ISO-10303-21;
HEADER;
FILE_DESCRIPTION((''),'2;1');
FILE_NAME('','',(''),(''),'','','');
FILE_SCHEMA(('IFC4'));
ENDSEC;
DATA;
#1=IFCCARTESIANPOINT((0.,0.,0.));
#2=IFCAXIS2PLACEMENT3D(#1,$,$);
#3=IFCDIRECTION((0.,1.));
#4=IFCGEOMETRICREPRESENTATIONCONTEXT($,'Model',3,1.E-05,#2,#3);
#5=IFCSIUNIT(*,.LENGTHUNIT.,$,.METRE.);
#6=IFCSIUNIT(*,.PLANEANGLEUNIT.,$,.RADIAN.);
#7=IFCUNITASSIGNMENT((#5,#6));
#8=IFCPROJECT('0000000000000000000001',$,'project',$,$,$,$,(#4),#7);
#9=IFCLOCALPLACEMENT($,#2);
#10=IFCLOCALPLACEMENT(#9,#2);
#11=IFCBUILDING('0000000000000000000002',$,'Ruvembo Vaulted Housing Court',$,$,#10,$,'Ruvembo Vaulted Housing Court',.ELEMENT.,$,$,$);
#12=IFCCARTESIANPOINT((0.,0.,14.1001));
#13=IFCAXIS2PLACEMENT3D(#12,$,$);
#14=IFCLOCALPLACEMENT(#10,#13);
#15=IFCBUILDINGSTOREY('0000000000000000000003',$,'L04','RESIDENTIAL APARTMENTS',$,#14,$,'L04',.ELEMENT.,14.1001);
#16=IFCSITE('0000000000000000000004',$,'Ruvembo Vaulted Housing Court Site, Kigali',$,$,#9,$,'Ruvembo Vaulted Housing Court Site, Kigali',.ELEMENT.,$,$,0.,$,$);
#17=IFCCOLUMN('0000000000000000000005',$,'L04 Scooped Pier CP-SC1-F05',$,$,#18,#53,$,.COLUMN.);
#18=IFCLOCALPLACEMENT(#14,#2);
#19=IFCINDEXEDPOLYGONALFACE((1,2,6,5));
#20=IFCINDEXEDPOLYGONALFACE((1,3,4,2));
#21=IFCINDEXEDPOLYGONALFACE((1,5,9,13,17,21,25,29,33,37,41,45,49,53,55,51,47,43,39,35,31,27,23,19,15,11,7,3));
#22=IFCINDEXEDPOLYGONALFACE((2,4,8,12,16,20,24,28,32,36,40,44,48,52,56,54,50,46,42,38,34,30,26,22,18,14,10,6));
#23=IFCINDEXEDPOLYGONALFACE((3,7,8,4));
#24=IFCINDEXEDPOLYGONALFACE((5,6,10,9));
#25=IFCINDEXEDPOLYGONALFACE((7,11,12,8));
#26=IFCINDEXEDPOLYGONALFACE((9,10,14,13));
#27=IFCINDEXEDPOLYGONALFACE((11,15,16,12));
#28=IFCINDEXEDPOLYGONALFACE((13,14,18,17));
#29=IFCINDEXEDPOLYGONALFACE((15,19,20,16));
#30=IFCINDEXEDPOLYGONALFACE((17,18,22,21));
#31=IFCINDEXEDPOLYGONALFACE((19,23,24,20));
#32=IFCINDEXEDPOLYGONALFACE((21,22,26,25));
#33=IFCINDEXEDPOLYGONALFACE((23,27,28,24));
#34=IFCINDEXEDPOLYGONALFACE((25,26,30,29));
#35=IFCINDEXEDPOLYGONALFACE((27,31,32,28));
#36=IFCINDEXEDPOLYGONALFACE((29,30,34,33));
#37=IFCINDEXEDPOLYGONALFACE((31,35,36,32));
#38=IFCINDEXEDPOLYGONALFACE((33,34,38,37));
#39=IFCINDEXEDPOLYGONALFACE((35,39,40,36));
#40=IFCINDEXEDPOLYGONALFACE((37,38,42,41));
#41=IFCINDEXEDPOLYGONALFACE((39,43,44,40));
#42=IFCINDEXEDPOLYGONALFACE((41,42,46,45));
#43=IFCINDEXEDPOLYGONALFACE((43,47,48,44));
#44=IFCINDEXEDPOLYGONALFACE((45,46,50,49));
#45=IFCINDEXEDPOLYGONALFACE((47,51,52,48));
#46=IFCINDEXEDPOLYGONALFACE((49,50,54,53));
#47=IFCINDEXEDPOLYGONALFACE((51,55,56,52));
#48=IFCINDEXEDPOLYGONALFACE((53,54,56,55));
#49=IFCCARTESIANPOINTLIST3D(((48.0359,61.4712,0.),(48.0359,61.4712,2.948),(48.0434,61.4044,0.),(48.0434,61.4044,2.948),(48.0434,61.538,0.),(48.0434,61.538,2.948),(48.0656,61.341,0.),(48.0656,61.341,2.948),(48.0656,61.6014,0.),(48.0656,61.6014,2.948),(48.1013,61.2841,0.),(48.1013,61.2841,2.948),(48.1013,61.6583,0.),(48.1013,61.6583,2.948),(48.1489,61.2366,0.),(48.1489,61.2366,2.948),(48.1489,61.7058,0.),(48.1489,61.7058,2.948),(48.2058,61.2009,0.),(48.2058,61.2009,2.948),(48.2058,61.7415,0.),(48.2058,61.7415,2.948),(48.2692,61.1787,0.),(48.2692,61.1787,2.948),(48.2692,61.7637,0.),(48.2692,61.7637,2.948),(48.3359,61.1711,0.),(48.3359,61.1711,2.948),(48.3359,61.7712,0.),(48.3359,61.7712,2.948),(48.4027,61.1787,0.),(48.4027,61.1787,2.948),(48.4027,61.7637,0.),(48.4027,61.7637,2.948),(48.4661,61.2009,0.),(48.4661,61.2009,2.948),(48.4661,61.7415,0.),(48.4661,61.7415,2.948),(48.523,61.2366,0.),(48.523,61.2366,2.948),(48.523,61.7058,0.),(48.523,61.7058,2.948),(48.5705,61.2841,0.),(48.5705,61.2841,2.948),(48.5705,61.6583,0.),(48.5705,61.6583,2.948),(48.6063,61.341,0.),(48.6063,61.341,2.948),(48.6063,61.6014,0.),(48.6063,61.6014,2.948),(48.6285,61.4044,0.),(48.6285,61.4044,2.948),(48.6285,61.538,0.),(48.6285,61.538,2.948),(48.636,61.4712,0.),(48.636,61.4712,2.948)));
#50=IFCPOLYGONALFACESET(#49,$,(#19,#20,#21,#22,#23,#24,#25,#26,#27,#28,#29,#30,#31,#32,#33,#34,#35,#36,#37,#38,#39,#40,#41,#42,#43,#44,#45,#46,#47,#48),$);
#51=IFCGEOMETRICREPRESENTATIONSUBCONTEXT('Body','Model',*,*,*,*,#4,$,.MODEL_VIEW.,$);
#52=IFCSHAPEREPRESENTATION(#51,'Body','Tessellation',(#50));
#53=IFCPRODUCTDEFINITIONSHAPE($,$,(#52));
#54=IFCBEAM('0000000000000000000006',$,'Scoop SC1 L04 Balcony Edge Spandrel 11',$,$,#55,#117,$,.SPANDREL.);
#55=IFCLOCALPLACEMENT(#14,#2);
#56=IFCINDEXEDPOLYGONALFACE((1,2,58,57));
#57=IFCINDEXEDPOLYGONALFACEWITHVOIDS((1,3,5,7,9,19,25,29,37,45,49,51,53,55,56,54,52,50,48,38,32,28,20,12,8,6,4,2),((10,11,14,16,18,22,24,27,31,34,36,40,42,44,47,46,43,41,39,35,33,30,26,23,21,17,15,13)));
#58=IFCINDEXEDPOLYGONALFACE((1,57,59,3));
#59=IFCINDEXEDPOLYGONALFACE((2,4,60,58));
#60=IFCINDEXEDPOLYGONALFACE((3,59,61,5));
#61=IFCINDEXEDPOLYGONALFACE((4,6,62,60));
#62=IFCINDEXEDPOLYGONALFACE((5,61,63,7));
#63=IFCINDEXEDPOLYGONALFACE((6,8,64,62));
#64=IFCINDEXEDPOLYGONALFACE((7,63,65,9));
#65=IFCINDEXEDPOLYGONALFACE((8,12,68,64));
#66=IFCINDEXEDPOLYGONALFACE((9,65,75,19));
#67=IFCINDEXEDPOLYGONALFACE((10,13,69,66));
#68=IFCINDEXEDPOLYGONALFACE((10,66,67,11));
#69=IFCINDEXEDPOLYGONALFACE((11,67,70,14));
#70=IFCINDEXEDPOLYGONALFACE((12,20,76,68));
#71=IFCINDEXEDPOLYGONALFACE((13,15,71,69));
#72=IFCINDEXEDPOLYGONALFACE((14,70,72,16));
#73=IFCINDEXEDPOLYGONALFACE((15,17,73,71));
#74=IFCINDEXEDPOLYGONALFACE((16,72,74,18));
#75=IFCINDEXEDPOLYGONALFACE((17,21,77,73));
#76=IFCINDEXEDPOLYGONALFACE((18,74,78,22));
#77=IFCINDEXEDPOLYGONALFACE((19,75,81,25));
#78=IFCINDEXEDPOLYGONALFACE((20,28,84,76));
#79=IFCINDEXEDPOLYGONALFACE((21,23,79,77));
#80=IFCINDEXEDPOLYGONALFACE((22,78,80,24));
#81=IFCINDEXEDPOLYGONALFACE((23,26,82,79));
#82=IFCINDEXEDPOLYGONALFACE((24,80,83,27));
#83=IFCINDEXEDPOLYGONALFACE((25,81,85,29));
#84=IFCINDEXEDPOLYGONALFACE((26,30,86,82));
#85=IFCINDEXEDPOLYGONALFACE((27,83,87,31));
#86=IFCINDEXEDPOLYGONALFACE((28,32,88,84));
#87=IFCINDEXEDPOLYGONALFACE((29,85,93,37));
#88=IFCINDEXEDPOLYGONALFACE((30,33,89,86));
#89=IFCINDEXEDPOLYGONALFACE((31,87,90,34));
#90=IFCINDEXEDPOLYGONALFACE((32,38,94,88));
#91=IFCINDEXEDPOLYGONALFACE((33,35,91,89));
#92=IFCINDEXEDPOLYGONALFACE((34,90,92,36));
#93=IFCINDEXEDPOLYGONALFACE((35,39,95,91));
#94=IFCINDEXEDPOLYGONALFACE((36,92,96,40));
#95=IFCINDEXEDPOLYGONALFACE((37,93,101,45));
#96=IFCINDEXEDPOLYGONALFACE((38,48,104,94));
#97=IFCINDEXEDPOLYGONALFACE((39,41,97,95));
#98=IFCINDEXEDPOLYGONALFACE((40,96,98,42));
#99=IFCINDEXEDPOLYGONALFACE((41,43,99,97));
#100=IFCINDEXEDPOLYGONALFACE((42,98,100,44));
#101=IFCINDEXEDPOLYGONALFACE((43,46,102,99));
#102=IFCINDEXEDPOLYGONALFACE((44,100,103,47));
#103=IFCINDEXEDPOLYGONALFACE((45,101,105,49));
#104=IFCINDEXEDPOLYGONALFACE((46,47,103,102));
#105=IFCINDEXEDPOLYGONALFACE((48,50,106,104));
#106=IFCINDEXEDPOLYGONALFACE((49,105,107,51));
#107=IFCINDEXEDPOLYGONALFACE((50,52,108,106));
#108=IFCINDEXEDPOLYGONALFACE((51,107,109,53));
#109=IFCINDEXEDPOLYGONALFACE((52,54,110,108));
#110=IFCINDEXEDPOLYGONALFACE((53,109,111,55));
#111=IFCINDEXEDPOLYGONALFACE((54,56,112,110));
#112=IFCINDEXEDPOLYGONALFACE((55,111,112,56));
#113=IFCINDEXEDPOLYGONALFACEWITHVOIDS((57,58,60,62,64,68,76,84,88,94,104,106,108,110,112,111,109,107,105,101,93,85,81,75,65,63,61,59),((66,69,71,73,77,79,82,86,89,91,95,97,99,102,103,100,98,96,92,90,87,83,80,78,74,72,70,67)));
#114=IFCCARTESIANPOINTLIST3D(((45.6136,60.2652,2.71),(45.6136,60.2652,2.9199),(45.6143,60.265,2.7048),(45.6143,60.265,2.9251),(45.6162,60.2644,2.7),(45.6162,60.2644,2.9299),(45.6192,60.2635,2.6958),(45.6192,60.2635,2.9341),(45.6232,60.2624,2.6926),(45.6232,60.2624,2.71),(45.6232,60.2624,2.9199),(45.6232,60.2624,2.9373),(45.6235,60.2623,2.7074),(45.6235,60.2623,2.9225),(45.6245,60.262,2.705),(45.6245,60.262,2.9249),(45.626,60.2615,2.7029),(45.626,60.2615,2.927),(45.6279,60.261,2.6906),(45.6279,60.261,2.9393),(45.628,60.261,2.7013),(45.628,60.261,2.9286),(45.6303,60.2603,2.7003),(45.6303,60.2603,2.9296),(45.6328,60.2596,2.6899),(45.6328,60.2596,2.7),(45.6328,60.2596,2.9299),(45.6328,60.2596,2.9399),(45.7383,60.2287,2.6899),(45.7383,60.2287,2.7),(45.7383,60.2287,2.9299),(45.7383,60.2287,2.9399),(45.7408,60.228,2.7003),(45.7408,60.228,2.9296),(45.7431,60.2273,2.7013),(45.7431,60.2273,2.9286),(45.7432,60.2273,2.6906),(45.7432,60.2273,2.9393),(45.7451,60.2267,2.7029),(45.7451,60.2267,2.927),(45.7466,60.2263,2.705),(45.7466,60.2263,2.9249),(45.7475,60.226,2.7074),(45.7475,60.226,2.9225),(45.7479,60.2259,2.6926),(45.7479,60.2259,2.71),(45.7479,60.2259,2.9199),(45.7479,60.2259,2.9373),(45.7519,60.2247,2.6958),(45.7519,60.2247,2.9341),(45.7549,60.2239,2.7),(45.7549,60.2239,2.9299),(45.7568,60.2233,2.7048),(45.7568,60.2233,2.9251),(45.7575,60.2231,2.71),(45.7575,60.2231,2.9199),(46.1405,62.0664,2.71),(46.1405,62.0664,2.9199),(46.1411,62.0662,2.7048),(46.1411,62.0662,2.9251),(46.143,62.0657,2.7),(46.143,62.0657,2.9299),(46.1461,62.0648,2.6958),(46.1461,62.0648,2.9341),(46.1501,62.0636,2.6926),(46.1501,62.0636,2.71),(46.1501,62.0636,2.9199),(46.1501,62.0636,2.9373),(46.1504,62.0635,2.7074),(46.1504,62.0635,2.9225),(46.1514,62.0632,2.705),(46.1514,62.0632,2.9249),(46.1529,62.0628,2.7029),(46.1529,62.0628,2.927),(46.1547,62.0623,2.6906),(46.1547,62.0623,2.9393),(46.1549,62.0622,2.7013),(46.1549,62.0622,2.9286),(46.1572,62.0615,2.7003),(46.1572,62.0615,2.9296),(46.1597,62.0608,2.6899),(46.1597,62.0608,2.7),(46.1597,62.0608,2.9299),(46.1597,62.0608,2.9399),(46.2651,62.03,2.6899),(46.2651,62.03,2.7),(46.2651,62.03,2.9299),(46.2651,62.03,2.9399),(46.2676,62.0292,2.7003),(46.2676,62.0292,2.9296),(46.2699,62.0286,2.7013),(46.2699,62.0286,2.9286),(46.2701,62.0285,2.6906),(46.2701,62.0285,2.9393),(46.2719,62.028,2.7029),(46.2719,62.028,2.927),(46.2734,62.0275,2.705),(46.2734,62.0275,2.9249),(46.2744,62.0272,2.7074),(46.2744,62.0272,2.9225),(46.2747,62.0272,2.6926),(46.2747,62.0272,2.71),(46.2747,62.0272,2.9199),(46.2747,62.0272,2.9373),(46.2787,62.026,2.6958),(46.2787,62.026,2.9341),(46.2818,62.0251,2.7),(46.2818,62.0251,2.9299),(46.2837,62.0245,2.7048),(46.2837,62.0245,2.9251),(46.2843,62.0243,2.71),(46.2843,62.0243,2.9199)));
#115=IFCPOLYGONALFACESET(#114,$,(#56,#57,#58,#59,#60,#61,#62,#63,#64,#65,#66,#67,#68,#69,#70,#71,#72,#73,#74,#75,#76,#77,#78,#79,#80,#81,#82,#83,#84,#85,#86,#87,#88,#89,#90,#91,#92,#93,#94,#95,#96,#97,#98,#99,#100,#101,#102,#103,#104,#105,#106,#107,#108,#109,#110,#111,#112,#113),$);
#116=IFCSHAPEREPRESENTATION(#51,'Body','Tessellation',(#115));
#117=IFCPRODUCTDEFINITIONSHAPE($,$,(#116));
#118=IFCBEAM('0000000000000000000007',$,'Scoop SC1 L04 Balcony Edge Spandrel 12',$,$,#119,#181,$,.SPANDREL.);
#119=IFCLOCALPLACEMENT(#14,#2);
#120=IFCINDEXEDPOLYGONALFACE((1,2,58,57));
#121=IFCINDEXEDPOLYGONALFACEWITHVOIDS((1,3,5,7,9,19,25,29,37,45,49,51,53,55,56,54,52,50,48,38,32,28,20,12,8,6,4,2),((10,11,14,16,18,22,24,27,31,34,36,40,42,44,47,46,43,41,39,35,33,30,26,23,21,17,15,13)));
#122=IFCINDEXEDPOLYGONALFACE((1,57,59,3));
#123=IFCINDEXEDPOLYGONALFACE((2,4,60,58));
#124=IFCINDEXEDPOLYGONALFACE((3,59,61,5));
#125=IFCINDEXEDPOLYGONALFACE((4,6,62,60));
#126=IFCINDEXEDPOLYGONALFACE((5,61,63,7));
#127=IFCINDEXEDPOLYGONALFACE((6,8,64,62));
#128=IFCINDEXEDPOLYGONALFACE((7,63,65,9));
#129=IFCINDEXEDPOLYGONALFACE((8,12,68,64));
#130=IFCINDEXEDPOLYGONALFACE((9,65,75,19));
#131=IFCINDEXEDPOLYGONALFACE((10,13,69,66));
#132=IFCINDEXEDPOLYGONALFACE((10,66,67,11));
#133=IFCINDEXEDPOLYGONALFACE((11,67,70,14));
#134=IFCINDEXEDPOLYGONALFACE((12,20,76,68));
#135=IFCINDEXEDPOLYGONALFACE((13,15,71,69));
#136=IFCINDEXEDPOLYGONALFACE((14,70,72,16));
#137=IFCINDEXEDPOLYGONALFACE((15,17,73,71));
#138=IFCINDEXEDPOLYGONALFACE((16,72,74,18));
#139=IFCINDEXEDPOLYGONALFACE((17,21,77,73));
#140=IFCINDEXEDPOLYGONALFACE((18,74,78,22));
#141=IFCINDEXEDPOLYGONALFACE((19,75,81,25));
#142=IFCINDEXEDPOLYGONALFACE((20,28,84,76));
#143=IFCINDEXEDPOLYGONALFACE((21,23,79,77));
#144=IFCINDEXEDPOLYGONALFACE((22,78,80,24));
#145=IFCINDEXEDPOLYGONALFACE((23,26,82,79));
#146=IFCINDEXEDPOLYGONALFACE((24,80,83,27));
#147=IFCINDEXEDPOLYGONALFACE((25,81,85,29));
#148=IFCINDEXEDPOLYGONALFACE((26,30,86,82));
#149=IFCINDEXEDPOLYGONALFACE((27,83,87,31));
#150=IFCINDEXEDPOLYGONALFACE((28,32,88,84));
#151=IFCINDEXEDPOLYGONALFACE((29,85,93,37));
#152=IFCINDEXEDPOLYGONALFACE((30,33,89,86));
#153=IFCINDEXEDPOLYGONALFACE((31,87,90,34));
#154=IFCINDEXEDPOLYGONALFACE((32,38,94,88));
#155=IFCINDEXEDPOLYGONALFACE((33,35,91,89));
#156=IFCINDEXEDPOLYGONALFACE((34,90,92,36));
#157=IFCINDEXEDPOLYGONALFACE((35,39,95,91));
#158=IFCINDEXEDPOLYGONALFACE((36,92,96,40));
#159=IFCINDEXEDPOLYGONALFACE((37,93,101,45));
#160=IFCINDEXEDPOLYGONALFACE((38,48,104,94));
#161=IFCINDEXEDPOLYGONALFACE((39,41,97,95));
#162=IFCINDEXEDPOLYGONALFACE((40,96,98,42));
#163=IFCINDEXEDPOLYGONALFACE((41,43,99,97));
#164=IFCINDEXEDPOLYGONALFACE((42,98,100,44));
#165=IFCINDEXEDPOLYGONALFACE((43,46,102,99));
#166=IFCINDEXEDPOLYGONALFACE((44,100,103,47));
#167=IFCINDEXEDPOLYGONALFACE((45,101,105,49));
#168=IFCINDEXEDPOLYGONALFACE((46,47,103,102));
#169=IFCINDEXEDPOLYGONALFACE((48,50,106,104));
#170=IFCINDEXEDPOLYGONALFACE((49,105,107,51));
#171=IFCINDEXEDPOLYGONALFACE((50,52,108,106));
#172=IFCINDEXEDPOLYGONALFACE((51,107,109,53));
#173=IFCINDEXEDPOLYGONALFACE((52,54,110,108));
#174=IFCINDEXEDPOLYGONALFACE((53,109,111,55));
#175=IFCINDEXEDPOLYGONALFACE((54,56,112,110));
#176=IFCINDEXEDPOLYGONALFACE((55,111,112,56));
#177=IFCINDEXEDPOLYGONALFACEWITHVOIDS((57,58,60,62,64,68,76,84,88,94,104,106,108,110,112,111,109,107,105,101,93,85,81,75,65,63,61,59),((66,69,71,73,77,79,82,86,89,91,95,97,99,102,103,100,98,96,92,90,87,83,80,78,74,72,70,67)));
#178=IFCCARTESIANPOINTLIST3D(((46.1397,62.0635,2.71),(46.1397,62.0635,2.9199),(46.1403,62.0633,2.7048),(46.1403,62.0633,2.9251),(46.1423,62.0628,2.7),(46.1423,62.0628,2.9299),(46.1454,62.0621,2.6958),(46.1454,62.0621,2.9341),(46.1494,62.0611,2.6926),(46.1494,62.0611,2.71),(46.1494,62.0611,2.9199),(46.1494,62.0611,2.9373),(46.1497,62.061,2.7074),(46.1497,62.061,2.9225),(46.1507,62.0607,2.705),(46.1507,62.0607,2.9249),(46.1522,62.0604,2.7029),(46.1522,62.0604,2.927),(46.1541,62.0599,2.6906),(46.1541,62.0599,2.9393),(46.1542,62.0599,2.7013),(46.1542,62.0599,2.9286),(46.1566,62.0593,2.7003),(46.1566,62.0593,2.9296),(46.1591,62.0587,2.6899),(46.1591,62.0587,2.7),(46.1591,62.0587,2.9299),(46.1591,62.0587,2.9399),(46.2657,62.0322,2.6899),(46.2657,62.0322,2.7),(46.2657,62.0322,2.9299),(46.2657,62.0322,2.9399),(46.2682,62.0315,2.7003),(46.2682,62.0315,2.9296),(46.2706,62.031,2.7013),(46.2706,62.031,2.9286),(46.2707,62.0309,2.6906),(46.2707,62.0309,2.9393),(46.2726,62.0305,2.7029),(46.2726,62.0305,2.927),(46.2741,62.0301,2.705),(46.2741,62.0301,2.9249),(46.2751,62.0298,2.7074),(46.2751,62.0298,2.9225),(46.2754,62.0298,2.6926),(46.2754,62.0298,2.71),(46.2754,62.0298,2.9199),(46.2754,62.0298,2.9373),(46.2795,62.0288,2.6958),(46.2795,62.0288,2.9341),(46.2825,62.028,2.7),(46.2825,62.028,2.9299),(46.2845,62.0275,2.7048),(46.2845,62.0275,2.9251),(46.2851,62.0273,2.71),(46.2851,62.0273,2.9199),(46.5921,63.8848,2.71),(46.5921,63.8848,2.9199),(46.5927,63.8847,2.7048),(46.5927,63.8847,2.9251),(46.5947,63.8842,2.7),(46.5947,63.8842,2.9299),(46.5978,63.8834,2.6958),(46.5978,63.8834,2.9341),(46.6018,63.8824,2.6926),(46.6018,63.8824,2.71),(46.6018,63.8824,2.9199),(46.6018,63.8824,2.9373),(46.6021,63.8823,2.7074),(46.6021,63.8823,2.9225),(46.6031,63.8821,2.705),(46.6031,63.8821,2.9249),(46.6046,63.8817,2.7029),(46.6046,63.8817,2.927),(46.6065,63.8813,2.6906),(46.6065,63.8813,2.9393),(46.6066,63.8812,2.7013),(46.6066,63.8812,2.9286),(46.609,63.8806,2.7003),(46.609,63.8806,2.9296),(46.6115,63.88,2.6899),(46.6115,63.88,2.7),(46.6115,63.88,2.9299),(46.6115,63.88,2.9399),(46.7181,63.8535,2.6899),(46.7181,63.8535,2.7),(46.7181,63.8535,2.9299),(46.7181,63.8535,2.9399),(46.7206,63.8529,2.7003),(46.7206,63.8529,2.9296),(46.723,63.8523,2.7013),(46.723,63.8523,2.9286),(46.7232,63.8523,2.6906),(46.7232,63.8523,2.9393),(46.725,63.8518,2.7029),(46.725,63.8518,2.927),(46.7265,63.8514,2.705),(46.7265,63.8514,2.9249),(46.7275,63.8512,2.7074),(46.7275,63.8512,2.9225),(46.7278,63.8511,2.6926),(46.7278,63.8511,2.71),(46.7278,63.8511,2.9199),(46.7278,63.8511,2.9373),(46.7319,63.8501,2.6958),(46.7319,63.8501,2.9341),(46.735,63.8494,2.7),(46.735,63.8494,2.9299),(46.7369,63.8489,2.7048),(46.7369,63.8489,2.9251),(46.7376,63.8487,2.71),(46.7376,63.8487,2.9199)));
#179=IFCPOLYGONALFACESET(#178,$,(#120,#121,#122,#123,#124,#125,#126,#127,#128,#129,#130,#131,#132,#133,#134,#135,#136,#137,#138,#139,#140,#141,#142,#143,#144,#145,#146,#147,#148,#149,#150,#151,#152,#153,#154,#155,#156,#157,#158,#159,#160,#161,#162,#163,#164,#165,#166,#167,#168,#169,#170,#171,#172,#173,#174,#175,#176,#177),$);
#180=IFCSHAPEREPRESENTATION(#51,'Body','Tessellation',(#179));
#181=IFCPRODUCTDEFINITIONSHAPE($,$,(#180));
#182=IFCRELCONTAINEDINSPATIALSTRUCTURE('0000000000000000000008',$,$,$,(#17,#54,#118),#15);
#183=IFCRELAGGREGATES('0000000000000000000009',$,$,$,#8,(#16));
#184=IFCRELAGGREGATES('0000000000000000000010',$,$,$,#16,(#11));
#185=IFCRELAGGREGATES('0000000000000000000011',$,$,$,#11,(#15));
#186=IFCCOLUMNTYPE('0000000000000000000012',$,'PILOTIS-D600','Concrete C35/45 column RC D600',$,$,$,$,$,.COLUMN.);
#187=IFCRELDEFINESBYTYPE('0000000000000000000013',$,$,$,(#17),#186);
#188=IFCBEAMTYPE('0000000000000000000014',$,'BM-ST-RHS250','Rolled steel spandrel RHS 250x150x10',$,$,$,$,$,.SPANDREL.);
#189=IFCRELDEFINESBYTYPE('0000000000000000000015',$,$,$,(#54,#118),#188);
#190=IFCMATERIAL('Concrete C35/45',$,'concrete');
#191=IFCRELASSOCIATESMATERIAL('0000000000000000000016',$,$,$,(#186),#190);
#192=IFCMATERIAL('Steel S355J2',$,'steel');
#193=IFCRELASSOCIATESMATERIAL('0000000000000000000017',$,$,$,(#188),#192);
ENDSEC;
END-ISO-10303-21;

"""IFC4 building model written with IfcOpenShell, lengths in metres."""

from ifc_helpers import new_model, si_unit, direction, frame, origin, origin_2d, place, context, subcontext, project, spatial, hollow_rectangle, circle, extrude, material, material_profile, profile_set, type_object, element, save


model = new_model("IFC4")

# Units and contexts
model_context = context("Model", 3, precision=1e-05, world=origin(), true_north=direction((0.0, 1.0)))
body_context = subcontext(model_context, "Body", "Model", "MODEL_VIEW")
ifc_project = project(units=[si_unit("LENGTHUNIT", "METRE"), si_unit("PLANEANGLEUNIT", "RADIAN")], contexts=[model_context])

# Site, building, storey
site_placement = place(None, origin())
site = spatial("IfcSite", under=ifc_project, at=site_placement, Name="Ruvembo Vaulted Housing Court Site, Kigali", LongName="Ruvembo Vaulted Housing Court Site, Kigali", CompositionType="ELEMENT", RefElevation=0.0)
building_placement = place(site_placement, origin())
building = spatial("IfcBuilding", under=site, at=building_placement, Name="Ruvembo Vaulted Housing Court", LongName="Ruvembo Vaulted Housing Court", CompositionType="ELEMENT")
storey_placement = place(building_placement, frame((0.0, 0.0, 14.1001)))
storey = spatial("IfcBuildingStorey", under=building, at=storey_placement, Name="L04", Description="RESIDENTIAL APARTMENTS", LongName="L04", CompositionType="ELEMENT", Elevation=14.1001)

# Column
ifc_material_1 = material(Name="Concrete C35/45", Category="concrete")
ifc_material_profile_1 = material_profile(ifc_material_1, circle(Radius=0.3, at=origin_2d()), Name="RC D600")
ifc_profile_set_1 = profile_set([ifc_material_profile_1], Name="Concrete C35/45")
column_type = type_object("IfcColumnType", Name="PILOTIS-D600", Description="Concrete C35/45 column RC D600", PredefinedType="COLUMN", material=ifc_profile_set_1)
column_placement = place(storey_placement, frame((48.3359, 61.4712, 0.0), z_axis=(0.0, 0.0, 1.0), x_axis=(1.0, 0.0, 0.0)))
element("IfcColumn", 1, at=column_placement, inside=storey, type_object=column_type, Name="L04 Scooped Pier CP-SC1-F05", PredefinedType="COLUMN", context=body_context, shape_type="SweptSolid", body=[
    extrude(circle(Radius=0.3, at=origin_2d()), origin(), (0.0, 0.0, 1.0), 2.948),
])

# Beams
ifc_material_2 = material(Name="Steel S355J2", Category="steel")
ifc_material_profile_2 = material_profile(ifc_material_2, hollow_rectangle(XDim=0.1499, YDim=0.25, WallThickness=0.01, InnerFilletRadius=0.01, OuterFilletRadius=0.02, at=origin_2d()), Name="RHS 250x150x10")
ifc_profile_set_2 = profile_set([ifc_material_profile_2], Name="Steel S355J2")
beam_type = type_object("IfcBeamType", Name="BM-ST-RHS250", Description="Rolled steel spandrel RHS 250x150x10", PredefinedType="SPANDREL", material=ifc_profile_set_2)
for number, where, z_axis, x_axis, name in (
    (2, (45.6855, 60.2441, 2.8149), (0.280729, 0.959787, 0.0), (-0.959787, 0.280729, 0.0), "Scoop SC1 L04 Balcony Edge Spandrel 11"),
    (3, (46.2124, 62.0454, 2.8149), (0.241066, 0.970509, 0.0), (-0.970509, 0.241066, 0.0), "Scoop SC1 L04 Balcony Edge Spandrel 12"),
):
    element("IfcBeam", number, at=place(storey_placement, frame(where, z_axis=z_axis, x_axis=x_axis)), inside=storey, type_object=beam_type, Name=name, PredefinedType="SPANDREL", context=body_context, shape_type="SweptSolid", body=[
        extrude(hollow_rectangle(XDim=0.1499, YDim=0.25, WallThickness=0.01, InnerFilletRadius=0.01, OuterFilletRadius=0.02, at=origin_2d()), origin(), (0.0, 0.0, 1.0), 1.8767),
    ])

save(model, "model.ifc")
